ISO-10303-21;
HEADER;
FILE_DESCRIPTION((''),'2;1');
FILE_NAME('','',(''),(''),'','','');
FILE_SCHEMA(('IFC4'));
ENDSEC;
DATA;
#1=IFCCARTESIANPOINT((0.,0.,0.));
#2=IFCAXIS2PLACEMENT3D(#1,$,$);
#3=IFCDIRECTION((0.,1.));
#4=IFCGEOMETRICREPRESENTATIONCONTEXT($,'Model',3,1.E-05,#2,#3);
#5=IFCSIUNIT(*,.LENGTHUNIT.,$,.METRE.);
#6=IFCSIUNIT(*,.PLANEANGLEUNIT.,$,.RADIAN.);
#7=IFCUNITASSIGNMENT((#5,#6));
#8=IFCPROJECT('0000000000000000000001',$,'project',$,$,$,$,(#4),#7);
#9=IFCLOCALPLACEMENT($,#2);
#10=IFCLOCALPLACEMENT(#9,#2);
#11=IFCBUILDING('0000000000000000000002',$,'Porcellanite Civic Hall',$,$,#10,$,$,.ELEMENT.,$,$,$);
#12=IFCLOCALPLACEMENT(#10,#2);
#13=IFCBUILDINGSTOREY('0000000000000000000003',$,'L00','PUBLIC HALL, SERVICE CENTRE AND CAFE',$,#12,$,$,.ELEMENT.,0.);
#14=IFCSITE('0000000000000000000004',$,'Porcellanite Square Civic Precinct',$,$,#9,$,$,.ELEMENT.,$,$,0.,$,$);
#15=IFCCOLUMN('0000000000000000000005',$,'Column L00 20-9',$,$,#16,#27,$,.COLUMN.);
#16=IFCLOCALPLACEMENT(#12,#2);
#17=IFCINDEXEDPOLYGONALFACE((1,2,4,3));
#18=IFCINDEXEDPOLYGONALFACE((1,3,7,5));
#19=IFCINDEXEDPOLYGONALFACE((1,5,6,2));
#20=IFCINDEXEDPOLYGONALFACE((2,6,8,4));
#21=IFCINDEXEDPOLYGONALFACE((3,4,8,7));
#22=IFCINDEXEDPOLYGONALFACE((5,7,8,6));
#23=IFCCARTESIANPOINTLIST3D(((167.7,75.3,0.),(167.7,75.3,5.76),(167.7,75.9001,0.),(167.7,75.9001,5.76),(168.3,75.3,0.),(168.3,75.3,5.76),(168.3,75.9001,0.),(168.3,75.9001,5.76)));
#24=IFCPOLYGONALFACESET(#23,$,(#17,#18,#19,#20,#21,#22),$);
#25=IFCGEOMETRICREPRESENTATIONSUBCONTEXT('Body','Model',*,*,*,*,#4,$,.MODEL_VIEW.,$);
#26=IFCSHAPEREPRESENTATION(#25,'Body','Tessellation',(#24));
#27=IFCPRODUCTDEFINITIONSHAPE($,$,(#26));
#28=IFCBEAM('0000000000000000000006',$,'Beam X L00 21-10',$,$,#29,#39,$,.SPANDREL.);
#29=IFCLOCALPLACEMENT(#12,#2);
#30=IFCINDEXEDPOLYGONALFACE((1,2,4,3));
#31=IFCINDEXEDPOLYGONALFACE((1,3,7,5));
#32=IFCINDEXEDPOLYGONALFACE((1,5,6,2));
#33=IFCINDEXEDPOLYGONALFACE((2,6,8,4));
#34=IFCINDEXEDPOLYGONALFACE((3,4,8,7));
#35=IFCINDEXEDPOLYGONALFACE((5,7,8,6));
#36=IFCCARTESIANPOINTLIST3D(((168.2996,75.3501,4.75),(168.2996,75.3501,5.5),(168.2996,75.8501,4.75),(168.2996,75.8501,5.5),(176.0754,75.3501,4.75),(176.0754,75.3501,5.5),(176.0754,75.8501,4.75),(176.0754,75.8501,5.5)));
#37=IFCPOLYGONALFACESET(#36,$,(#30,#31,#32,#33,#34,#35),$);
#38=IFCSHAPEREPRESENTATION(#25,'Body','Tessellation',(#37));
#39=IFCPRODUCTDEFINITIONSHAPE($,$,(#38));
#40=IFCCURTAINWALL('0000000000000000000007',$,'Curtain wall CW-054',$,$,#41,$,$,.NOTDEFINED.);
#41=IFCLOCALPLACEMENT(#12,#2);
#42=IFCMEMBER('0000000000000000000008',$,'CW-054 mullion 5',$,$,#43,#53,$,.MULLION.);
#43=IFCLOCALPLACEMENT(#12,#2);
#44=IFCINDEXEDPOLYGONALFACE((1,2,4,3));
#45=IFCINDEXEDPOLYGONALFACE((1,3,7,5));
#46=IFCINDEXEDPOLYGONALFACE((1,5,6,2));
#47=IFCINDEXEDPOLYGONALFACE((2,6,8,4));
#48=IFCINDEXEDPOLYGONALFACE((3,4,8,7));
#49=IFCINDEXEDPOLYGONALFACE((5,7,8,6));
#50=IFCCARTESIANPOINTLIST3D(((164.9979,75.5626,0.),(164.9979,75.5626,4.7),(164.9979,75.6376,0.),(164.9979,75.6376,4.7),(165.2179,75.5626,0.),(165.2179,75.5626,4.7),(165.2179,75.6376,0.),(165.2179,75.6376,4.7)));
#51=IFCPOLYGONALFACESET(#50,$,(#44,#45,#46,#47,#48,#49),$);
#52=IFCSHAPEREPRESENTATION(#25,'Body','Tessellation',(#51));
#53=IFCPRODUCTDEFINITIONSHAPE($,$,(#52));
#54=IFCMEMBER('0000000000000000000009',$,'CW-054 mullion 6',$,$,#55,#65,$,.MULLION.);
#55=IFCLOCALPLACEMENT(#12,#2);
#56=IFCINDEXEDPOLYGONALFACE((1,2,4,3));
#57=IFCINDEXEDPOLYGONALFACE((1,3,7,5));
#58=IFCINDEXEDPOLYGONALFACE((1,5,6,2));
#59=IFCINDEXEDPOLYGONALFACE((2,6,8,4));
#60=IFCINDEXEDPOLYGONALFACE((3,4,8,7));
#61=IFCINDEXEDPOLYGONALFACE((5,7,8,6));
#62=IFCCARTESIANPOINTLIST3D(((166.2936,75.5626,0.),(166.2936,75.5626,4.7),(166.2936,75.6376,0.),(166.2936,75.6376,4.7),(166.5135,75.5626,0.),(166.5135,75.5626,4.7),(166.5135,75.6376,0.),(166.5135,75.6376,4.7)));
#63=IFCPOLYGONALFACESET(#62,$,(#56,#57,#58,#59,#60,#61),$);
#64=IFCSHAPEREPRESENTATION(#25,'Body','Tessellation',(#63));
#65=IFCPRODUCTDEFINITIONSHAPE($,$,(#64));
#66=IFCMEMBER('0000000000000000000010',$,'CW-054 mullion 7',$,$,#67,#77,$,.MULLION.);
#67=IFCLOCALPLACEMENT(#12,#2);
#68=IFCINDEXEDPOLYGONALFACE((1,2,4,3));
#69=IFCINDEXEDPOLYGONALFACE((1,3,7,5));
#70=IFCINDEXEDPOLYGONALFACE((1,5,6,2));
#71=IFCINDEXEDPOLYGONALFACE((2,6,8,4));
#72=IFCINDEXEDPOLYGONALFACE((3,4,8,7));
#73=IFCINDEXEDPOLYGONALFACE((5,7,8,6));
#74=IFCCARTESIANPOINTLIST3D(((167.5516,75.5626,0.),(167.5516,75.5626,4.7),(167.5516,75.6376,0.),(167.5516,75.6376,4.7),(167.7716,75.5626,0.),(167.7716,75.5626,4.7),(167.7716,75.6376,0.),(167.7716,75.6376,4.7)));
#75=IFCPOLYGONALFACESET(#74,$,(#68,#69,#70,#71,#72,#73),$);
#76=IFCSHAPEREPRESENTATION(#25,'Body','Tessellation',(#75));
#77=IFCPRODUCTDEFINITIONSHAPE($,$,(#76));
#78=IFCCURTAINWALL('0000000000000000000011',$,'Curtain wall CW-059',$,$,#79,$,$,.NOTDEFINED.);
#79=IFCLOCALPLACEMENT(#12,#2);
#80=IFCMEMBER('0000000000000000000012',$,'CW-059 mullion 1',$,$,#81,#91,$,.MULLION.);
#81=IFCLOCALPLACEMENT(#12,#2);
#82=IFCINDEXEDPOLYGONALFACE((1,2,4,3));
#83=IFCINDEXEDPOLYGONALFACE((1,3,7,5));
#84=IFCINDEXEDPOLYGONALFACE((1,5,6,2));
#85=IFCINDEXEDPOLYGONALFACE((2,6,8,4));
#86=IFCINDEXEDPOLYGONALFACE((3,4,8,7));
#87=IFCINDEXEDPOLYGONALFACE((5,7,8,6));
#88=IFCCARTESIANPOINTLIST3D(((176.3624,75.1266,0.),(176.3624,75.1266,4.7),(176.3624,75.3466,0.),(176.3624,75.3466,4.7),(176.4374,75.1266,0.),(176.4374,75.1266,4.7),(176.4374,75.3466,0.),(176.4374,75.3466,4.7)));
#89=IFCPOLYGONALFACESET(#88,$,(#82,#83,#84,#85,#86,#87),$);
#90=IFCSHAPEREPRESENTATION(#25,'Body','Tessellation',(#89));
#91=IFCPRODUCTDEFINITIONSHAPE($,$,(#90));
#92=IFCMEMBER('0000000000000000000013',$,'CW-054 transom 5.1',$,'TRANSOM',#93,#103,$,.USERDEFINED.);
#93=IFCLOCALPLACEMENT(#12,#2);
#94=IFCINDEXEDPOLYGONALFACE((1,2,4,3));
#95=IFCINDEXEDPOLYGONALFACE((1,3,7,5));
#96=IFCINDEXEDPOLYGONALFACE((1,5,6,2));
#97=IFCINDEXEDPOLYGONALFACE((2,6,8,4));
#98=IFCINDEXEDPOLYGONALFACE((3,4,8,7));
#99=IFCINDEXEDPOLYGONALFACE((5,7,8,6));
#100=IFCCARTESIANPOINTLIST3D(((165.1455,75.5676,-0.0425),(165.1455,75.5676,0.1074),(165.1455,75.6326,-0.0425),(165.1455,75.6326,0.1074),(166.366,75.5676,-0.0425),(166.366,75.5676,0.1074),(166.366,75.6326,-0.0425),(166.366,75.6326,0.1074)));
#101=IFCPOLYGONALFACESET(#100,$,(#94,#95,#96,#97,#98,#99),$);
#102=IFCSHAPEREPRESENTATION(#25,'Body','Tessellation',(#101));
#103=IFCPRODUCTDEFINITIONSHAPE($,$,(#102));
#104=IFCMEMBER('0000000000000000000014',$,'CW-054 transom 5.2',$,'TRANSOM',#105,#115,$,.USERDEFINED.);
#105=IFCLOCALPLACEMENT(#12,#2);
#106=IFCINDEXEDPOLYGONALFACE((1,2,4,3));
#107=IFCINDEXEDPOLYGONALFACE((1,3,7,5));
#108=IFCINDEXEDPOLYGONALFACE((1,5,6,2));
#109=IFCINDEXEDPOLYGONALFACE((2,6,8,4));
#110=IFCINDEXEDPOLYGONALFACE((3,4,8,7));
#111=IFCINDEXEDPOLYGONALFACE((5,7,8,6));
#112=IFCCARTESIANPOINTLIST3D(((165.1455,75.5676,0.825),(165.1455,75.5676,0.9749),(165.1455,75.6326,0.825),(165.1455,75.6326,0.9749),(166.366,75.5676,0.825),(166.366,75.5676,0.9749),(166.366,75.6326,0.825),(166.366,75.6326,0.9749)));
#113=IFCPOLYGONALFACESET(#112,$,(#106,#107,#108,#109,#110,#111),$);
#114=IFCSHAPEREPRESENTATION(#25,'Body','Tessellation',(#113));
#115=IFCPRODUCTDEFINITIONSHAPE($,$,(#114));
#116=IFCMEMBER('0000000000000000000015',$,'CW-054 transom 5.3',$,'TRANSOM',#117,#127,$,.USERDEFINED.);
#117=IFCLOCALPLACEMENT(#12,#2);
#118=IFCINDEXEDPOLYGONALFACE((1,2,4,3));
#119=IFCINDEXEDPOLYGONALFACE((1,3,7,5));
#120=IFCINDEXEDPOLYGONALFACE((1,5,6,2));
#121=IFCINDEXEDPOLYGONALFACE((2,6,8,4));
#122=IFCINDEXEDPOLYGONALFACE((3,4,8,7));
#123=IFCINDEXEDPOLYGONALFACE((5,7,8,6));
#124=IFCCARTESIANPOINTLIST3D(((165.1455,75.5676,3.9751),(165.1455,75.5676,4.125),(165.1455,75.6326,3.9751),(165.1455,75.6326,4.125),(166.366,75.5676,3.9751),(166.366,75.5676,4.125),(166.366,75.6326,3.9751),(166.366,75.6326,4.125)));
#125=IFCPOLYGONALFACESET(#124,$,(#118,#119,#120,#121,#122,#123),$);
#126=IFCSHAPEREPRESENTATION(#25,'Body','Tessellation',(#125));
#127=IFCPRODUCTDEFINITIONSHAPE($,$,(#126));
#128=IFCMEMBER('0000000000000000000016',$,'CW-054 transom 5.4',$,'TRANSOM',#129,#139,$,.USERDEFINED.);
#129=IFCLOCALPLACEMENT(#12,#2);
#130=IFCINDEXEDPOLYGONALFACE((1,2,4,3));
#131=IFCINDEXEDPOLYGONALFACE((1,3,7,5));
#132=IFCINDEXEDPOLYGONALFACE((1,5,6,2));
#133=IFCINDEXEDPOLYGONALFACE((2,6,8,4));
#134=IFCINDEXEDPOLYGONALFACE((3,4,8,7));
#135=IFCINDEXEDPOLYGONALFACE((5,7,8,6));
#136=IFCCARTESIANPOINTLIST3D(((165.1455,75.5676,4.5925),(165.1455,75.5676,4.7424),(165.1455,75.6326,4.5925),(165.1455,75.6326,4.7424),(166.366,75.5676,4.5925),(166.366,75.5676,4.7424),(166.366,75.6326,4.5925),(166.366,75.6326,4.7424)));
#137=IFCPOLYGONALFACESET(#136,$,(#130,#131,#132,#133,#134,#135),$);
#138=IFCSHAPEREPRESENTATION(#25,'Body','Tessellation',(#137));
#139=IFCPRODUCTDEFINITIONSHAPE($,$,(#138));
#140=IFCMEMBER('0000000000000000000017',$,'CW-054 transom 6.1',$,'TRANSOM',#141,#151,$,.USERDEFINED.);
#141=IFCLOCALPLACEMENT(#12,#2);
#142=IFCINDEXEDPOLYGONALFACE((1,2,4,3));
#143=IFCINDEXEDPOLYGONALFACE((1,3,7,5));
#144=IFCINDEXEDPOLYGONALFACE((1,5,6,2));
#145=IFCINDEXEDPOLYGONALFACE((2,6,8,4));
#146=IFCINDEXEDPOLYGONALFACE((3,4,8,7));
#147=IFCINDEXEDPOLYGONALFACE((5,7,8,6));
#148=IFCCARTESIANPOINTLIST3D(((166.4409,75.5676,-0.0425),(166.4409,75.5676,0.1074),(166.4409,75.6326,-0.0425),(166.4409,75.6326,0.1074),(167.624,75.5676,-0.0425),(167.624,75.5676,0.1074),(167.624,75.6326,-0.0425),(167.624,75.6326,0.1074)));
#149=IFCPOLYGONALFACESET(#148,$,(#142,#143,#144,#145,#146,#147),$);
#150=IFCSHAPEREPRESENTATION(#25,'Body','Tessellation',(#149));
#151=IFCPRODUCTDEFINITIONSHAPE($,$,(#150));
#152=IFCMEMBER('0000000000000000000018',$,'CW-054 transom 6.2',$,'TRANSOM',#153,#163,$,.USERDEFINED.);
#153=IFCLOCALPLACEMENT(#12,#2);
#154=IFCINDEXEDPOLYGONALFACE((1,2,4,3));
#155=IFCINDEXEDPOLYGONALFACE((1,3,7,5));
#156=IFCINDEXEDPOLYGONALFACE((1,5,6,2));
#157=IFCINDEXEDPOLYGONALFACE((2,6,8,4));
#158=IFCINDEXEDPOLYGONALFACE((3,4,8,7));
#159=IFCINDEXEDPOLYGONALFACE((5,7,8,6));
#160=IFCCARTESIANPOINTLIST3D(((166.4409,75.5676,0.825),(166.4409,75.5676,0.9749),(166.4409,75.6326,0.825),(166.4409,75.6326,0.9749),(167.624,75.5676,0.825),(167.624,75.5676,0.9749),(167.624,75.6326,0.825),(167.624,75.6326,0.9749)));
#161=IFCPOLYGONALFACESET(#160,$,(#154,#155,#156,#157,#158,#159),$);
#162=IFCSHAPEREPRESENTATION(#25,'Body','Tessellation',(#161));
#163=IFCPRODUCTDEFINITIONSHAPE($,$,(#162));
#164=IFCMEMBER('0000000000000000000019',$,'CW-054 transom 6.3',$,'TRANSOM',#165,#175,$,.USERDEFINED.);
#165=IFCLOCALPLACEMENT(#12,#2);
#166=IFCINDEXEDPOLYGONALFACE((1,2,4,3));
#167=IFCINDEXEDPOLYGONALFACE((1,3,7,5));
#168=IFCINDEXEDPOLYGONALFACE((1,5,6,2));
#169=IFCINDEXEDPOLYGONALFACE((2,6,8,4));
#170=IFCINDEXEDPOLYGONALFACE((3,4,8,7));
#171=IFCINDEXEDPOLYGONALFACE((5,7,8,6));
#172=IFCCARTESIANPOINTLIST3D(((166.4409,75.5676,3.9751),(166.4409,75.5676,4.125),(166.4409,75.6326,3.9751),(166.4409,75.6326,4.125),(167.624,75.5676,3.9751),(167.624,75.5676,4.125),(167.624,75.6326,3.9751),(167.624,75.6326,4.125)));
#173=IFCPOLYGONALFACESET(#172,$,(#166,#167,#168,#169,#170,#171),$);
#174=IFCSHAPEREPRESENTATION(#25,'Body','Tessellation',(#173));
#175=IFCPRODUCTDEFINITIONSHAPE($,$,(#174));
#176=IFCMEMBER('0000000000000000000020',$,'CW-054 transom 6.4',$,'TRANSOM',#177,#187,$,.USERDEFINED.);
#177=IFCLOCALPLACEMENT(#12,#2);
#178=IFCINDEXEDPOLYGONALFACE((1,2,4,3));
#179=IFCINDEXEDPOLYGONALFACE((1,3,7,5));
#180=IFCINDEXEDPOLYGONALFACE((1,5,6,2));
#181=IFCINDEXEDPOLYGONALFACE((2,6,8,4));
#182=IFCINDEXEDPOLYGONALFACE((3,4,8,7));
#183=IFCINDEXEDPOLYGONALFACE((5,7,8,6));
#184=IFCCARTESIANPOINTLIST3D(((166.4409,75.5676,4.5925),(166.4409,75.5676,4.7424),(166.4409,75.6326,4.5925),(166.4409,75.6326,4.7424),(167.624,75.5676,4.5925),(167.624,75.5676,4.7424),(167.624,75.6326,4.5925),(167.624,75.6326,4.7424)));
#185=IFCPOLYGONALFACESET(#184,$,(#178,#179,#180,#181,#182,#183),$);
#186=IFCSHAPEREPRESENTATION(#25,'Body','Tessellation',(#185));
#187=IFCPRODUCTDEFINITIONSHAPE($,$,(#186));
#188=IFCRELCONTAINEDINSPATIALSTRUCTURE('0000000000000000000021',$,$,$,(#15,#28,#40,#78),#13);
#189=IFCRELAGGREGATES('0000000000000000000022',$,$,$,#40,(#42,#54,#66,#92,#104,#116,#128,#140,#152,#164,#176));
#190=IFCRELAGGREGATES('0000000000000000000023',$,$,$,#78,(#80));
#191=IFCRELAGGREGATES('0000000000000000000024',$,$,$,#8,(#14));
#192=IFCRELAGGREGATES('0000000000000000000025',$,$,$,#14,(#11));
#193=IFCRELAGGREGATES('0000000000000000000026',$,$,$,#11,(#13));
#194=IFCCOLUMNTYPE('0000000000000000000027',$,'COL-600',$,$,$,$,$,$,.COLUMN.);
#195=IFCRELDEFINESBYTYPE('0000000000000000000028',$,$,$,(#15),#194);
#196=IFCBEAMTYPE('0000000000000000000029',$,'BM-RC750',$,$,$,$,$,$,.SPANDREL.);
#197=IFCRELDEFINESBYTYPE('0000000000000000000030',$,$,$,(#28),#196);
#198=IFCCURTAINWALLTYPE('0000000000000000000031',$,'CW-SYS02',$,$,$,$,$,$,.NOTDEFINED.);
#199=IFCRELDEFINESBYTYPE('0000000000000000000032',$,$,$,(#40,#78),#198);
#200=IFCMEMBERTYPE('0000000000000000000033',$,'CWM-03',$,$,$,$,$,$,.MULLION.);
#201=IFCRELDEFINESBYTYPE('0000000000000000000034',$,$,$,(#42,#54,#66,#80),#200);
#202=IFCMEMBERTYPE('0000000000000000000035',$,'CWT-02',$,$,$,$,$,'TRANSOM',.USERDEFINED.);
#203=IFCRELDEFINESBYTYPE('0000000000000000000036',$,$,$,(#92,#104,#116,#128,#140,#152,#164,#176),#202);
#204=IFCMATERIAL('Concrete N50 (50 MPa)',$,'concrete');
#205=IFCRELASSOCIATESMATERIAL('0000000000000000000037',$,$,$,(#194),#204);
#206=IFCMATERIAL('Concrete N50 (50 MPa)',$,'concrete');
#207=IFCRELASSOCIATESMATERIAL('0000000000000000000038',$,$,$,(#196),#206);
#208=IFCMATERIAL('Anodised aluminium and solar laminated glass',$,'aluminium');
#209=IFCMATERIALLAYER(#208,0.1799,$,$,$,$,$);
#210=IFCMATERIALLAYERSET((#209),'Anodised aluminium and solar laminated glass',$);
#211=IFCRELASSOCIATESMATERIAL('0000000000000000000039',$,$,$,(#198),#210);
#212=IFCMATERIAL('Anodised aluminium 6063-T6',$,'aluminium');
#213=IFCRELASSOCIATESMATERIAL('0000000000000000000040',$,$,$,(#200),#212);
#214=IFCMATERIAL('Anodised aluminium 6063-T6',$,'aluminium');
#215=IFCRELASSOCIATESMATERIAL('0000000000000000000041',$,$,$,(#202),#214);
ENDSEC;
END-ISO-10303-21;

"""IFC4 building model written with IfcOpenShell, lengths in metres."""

from ifc_helpers import new_model, si_unit, direction, frame, origin, origin_2d, place, context, subcontext, project, spatial, rectangle, extrude, material, layer, layer_set, material_profile, profile_set, type_object, element, aggregate, save


model = new_model("IFC4")

# Units and contexts
model_context = context("Model", 3, precision=1e-05, world=origin(), true_north=direction((0.0, 1.0)))
body_context = subcontext(model_context, "Body", "Model", "MODEL_VIEW")
ifc_project = project(units=[si_unit("LENGTHUNIT", "METRE"), si_unit("PLANEANGLEUNIT", "RADIAN")], contexts=[model_context])

# Site, building, storey
site_placement = place(None, origin())
site = spatial("IfcSite", under=ifc_project, at=site_placement, Name="Porcellanite Square Civic Precinct", CompositionType="ELEMENT", RefElevation=0.0)
building_placement = place(site_placement, origin())
building = spatial("IfcBuilding", under=site, at=building_placement, Name="Porcellanite Civic Hall", CompositionType="ELEMENT")
storey_placement = place(building_placement, origin())
storey = spatial("IfcBuildingStorey", under=building, at=storey_placement, Name="L00", Description="PUBLIC HALL, SERVICE CENTRE AND CAFE", CompositionType="ELEMENT", Elevation=0.0)

# Column
ifc_material_1 = material(Name="Concrete N50 (50 MPa)", Category="concrete")
ifc_material_profile_1 = material_profile(ifc_material_1, rectangle(XDim=0.6001, YDim=0.6001, at=origin_2d()), Name="RC-600x600")
ifc_profile_set_1 = profile_set([ifc_material_profile_1], Name="Concrete N50 (50 MPa)")
column_type = type_object("IfcColumnType", Name="COL-600", PredefinedType="COLUMN", material=ifc_profile_set_1)
column_placement = place(storey_placement, frame((168.0, 75.6001, 0.0), z_axis=(0.0, 0.0, 1.0), x_axis=(1.0, 0.0, 0.0)))
element("IfcColumn", 1, at=column_placement, inside=storey, type_object=column_type, Name="Column L00 20-9", PredefinedType="COLUMN", context=body_context, shape_type="SweptSolid", body=[
    extrude(rectangle(XDim=0.6001, YDim=0.6001, at=origin_2d()), origin(), (0.0, 0.0, 1.0), 5.76),
])

# Beam
ifc_material_2 = material(Name="Concrete N50 (50 MPa)", Category="concrete")
ifc_material_profile_2 = material_profile(ifc_material_2, rectangle(XDim=0.5, YDim=0.75, at=origin_2d()), Name="RC-500x750")
ifc_profile_set_2 = profile_set([ifc_material_profile_2], Name="Concrete N50 (50 MPa)")
beam_type = type_object("IfcBeamType", Name="BM-RC750", PredefinedType="SPANDREL", material=ifc_profile_set_2)
beam_placement = place(storey_placement, frame((168.2996, 75.6001, 5.125), z_axis=(1.0, 0.0, 0.0), x_axis=(0.0, 1.0, 0.0)))
element("IfcBeam", 2, at=beam_placement, inside=storey, type_object=beam_type, Name="Beam X L00 21-10", PredefinedType="SPANDREL", context=body_context, shape_type="SweptSolid", body=[
    extrude(rectangle(XDim=0.5, YDim=0.75, at=origin_2d()), origin(), (0.0, 0.0, 1.0), 7.7759),
])

# Curtain wall, members
ifc_material_3 = material(Name="Anodised aluminium and solar laminated glass", Category="aluminium")
ifc_layer_1 = layer(ifc_material_3, 0.1799)
ifc_layer_set_1 = layer_set([ifc_layer_1], Name="Anodised aluminium and solar laminated glass")
curtain_wall_type = type_object("IfcCurtainWallType", Name="CW-SYS02", PredefinedType="NOTDEFINED", material=ifc_layer_set_1)
curtain_wall_1_placement = place(storey_placement, origin())
curtain_wall_1 = element("IfcCurtainWall", 3, at=curtain_wall_1_placement, inside=storey, type_object=curtain_wall_type, Name="Curtain wall CW-054", PredefinedType="NOTDEFINED")
ifc_material_4 = material(Name="Anodised aluminium 6063-T6", Category="aluminium")
ifc_material_profile_3 = material_profile(ifc_material_4, rectangle(XDim=0.075, YDim=0.22, at=origin_2d()), Name="AL-75x220")
ifc_profile_set_3 = profile_set([ifc_material_profile_3], Name="Anodised aluminium 6063-T6")
member_type_1 = type_object("IfcMemberType", Name="CWM-03", PredefinedType="MULLION", material=ifc_profile_set_3)
member_1_placement = place(storey_placement, frame((165.1079, 75.6001, 0.0), z_axis=(0.0, 0.0, 1.0), x_axis=(0.0, 1.0, 0.0)))
member_1 = element("IfcMember", 4, at=member_1_placement, type_object=member_type_1, Name="CW-054 mullion 5", PredefinedType="MULLION", context=body_context, shape_type="SweptSolid", body=[
    extrude(rectangle(XDim=0.075, YDim=0.22, at=origin_2d()), origin(), (0.0, 0.0, 1.0), 4.7),
])
member_2_placement = place(storey_placement, frame((166.4036, 75.6001, 0.0), z_axis=(0.0, 0.0, 1.0), x_axis=(0.0, 1.0, 0.0)))
member_2 = element("IfcMember", 5, at=member_2_placement, type_object=member_type_1, Name="CW-054 mullion 6", PredefinedType="MULLION", context=body_context, shape_type="SweptSolid", body=[
    extrude(rectangle(XDim=0.075, YDim=0.22, at=origin_2d()), origin(), (0.0, 0.0, 1.0), 4.7),
])
member_3_placement = place(storey_placement, frame((167.6616, 75.6001, 0.0), z_axis=(0.0, 0.0, 1.0), x_axis=(0.0, 1.0, 0.0)))
member_3 = element("IfcMember", 6, at=member_3_placement, type_object=member_type_1, Name="CW-054 mullion 7", PredefinedType="MULLION", context=body_context, shape_type="SweptSolid", body=[
    extrude(rectangle(XDim=0.075, YDim=0.22, at=origin_2d()), origin(), (0.0, 0.0, 1.0), 4.7),
])

# Curtain wall, member
curtain_wall_2_placement = place(storey_placement, origin())
curtain_wall_2 = element("IfcCurtainWall", 7, at=curtain_wall_2_placement, inside=storey, type_object=curtain_wall_type, Name="Curtain wall CW-059", PredefinedType="NOTDEFINED")
member_4_placement = place(storey_placement, frame((176.3999, 75.2366, 0.0), z_axis=(0.0, 0.0, 1.0), x_axis=(1.0, 0.0, 0.0)))
member_4 = element("IfcMember", 8, at=member_4_placement, type_object=member_type_1, Name="CW-059 mullion 1", PredefinedType="MULLION", context=body_context, shape_type="SweptSolid", body=[
    extrude(rectangle(XDim=0.075, YDim=0.22, at=origin_2d()), origin(), (0.0, 0.0, 1.0), 4.7),
])

# Members
ifc_material_5 = material(Name="Anodised aluminium 6063-T6", Category="aluminium")
ifc_material_profile_4 = material_profile(ifc_material_5, rectangle(XDim=0.0649, YDim=0.1499, at=origin_2d()), Name="AL-65x150")
ifc_profile_set_4 = profile_set([ifc_material_profile_4], Name="Anodised aluminium 6063-T6")
member_type_2 = type_object("IfcMemberType", Name="CWT-02", ElementType="TRANSOM", PredefinedType="USERDEFINED", material=ifc_profile_set_4)
member_5_placement = place(storey_placement, frame((165.1455, 75.6001, 0.0325), z_axis=(1.0, 0.0, 0.0), x_axis=(0.0, 1.0, 0.0)))
member_5 = element("IfcMember", 9, at=member_5_placement, type_object=member_type_2, Name="CW-054 transom 5.1", ObjectType="TRANSOM", PredefinedType="USERDEFINED", context=body_context, shape_type="SweptSolid", body=[
    extrude(rectangle(XDim=0.0649, YDim=0.1499, at=origin_2d()), origin(), (0.0, 0.0, 1.0), 1.2205),
])
member_6_placement = place(storey_placement, frame((165.1455, 75.6001, 0.8999), z_axis=(1.0, 0.0, 0.0), x_axis=(0.0, 1.0, 0.0)))
member_6 = element("IfcMember", 10, at=member_6_placement, type_object=member_type_2, Name="CW-054 transom 5.2", ObjectType="TRANSOM", PredefinedType="USERDEFINED", context=body_context, shape_type="SweptSolid", body=[
    extrude(rectangle(XDim=0.0649, YDim=0.1499, at=origin_2d()), origin(), (0.0, 0.0, 1.0), 1.2205),
])
member_7_placement = place(storey_placement, frame((165.1455, 75.6001, 4.05), z_axis=(1.0, 0.0, 0.0), x_axis=(0.0, 1.0, 0.0)))
member_7 = element("IfcMember", 11, at=member_7_placement, type_object=member_type_2, Name="CW-054 transom 5.3", ObjectType="TRANSOM", PredefinedType="USERDEFINED", context=body_context, shape_type="SweptSolid", body=[
    extrude(rectangle(XDim=0.0649, YDim=0.1499, at=origin_2d()), origin(), (0.0, 0.0, 1.0), 1.2205),
])
member_8_placement = place(storey_placement, frame((165.1455, 75.6001, 4.6675), z_axis=(1.0, 0.0, 0.0), x_axis=(0.0, 1.0, 0.0)))
member_8 = element("IfcMember", 12, at=member_8_placement, type_object=member_type_2, Name="CW-054 transom 5.4", ObjectType="TRANSOM", PredefinedType="USERDEFINED", context=body_context, shape_type="SweptSolid", body=[
    extrude(rectangle(XDim=0.0649, YDim=0.1499, at=origin_2d()), origin(), (0.0, 0.0, 1.0), 1.2205),
])
member_9_placement = place(storey_placement, frame((166.4409, 75.6001, 0.0325), z_axis=(1.0, 0.0, 0.0), x_axis=(0.0, 1.0, 0.0)))
member_9 = element("IfcMember", 13, at=member_9_placement, type_object=member_type_2, Name="CW-054 transom 6.1", ObjectType="TRANSOM", PredefinedType="USERDEFINED", context=body_context, shape_type="SweptSolid", body=[
    extrude(rectangle(XDim=0.0649, YDim=0.1499, at=origin_2d()), origin(), (0.0, 0.0, 1.0), 1.1831),
])
member_10_placement = place(storey_placement, frame((166.4409, 75.6001, 0.8999), z_axis=(1.0, 0.0, 0.0), x_axis=(0.0, 1.0, 0.0)))
member_10 = element("IfcMember", 14, at=member_10_placement, type_object=member_type_2, Name="CW-054 transom 6.2", ObjectType="TRANSOM", PredefinedType="USERDEFINED", context=body_context, shape_type="SweptSolid", body=[
    extrude(rectangle(XDim=0.0649, YDim=0.1499, at=origin_2d()), origin(), (0.0, 0.0, 1.0), 1.1831),
])
member_11_placement = place(storey_placement, frame((166.4409, 75.6001, 4.05), z_axis=(1.0, 0.0, 0.0), x_axis=(0.0, 1.0, 0.0)))
member_11 = element("IfcMember", 15, at=member_11_placement, type_object=member_type_2, Name="CW-054 transom 6.3", ObjectType="TRANSOM", PredefinedType="USERDEFINED", context=body_context, shape_type="SweptSolid", body=[
    extrude(rectangle(XDim=0.0649, YDim=0.1499, at=origin_2d()), origin(), (0.0, 0.0, 1.0), 1.1831),
])
member_12_placement = place(storey_placement, frame((166.4409, 75.6001, 4.6675), z_axis=(1.0, 0.0, 0.0), x_axis=(0.0, 1.0, 0.0)))
member_12 = element("IfcMember", 16, at=member_12_placement, type_object=member_type_2, Name="CW-054 transom 6.4", ObjectType="TRANSOM", PredefinedType="USERDEFINED", context=body_context, shape_type="SweptSolid", body=[
    extrude(rectangle(XDim=0.0649, YDim=0.1499, at=origin_2d()), origin(), (0.0, 0.0, 1.0), 1.1831),
])

aggregate(curtain_wall_1, [member_1, member_2, member_3, member_5, member_6, member_7, member_8, member_9, member_10, member_11, member_12])
aggregate(curtain_wall_2, [member_4])

save(model, "model.ifc")
